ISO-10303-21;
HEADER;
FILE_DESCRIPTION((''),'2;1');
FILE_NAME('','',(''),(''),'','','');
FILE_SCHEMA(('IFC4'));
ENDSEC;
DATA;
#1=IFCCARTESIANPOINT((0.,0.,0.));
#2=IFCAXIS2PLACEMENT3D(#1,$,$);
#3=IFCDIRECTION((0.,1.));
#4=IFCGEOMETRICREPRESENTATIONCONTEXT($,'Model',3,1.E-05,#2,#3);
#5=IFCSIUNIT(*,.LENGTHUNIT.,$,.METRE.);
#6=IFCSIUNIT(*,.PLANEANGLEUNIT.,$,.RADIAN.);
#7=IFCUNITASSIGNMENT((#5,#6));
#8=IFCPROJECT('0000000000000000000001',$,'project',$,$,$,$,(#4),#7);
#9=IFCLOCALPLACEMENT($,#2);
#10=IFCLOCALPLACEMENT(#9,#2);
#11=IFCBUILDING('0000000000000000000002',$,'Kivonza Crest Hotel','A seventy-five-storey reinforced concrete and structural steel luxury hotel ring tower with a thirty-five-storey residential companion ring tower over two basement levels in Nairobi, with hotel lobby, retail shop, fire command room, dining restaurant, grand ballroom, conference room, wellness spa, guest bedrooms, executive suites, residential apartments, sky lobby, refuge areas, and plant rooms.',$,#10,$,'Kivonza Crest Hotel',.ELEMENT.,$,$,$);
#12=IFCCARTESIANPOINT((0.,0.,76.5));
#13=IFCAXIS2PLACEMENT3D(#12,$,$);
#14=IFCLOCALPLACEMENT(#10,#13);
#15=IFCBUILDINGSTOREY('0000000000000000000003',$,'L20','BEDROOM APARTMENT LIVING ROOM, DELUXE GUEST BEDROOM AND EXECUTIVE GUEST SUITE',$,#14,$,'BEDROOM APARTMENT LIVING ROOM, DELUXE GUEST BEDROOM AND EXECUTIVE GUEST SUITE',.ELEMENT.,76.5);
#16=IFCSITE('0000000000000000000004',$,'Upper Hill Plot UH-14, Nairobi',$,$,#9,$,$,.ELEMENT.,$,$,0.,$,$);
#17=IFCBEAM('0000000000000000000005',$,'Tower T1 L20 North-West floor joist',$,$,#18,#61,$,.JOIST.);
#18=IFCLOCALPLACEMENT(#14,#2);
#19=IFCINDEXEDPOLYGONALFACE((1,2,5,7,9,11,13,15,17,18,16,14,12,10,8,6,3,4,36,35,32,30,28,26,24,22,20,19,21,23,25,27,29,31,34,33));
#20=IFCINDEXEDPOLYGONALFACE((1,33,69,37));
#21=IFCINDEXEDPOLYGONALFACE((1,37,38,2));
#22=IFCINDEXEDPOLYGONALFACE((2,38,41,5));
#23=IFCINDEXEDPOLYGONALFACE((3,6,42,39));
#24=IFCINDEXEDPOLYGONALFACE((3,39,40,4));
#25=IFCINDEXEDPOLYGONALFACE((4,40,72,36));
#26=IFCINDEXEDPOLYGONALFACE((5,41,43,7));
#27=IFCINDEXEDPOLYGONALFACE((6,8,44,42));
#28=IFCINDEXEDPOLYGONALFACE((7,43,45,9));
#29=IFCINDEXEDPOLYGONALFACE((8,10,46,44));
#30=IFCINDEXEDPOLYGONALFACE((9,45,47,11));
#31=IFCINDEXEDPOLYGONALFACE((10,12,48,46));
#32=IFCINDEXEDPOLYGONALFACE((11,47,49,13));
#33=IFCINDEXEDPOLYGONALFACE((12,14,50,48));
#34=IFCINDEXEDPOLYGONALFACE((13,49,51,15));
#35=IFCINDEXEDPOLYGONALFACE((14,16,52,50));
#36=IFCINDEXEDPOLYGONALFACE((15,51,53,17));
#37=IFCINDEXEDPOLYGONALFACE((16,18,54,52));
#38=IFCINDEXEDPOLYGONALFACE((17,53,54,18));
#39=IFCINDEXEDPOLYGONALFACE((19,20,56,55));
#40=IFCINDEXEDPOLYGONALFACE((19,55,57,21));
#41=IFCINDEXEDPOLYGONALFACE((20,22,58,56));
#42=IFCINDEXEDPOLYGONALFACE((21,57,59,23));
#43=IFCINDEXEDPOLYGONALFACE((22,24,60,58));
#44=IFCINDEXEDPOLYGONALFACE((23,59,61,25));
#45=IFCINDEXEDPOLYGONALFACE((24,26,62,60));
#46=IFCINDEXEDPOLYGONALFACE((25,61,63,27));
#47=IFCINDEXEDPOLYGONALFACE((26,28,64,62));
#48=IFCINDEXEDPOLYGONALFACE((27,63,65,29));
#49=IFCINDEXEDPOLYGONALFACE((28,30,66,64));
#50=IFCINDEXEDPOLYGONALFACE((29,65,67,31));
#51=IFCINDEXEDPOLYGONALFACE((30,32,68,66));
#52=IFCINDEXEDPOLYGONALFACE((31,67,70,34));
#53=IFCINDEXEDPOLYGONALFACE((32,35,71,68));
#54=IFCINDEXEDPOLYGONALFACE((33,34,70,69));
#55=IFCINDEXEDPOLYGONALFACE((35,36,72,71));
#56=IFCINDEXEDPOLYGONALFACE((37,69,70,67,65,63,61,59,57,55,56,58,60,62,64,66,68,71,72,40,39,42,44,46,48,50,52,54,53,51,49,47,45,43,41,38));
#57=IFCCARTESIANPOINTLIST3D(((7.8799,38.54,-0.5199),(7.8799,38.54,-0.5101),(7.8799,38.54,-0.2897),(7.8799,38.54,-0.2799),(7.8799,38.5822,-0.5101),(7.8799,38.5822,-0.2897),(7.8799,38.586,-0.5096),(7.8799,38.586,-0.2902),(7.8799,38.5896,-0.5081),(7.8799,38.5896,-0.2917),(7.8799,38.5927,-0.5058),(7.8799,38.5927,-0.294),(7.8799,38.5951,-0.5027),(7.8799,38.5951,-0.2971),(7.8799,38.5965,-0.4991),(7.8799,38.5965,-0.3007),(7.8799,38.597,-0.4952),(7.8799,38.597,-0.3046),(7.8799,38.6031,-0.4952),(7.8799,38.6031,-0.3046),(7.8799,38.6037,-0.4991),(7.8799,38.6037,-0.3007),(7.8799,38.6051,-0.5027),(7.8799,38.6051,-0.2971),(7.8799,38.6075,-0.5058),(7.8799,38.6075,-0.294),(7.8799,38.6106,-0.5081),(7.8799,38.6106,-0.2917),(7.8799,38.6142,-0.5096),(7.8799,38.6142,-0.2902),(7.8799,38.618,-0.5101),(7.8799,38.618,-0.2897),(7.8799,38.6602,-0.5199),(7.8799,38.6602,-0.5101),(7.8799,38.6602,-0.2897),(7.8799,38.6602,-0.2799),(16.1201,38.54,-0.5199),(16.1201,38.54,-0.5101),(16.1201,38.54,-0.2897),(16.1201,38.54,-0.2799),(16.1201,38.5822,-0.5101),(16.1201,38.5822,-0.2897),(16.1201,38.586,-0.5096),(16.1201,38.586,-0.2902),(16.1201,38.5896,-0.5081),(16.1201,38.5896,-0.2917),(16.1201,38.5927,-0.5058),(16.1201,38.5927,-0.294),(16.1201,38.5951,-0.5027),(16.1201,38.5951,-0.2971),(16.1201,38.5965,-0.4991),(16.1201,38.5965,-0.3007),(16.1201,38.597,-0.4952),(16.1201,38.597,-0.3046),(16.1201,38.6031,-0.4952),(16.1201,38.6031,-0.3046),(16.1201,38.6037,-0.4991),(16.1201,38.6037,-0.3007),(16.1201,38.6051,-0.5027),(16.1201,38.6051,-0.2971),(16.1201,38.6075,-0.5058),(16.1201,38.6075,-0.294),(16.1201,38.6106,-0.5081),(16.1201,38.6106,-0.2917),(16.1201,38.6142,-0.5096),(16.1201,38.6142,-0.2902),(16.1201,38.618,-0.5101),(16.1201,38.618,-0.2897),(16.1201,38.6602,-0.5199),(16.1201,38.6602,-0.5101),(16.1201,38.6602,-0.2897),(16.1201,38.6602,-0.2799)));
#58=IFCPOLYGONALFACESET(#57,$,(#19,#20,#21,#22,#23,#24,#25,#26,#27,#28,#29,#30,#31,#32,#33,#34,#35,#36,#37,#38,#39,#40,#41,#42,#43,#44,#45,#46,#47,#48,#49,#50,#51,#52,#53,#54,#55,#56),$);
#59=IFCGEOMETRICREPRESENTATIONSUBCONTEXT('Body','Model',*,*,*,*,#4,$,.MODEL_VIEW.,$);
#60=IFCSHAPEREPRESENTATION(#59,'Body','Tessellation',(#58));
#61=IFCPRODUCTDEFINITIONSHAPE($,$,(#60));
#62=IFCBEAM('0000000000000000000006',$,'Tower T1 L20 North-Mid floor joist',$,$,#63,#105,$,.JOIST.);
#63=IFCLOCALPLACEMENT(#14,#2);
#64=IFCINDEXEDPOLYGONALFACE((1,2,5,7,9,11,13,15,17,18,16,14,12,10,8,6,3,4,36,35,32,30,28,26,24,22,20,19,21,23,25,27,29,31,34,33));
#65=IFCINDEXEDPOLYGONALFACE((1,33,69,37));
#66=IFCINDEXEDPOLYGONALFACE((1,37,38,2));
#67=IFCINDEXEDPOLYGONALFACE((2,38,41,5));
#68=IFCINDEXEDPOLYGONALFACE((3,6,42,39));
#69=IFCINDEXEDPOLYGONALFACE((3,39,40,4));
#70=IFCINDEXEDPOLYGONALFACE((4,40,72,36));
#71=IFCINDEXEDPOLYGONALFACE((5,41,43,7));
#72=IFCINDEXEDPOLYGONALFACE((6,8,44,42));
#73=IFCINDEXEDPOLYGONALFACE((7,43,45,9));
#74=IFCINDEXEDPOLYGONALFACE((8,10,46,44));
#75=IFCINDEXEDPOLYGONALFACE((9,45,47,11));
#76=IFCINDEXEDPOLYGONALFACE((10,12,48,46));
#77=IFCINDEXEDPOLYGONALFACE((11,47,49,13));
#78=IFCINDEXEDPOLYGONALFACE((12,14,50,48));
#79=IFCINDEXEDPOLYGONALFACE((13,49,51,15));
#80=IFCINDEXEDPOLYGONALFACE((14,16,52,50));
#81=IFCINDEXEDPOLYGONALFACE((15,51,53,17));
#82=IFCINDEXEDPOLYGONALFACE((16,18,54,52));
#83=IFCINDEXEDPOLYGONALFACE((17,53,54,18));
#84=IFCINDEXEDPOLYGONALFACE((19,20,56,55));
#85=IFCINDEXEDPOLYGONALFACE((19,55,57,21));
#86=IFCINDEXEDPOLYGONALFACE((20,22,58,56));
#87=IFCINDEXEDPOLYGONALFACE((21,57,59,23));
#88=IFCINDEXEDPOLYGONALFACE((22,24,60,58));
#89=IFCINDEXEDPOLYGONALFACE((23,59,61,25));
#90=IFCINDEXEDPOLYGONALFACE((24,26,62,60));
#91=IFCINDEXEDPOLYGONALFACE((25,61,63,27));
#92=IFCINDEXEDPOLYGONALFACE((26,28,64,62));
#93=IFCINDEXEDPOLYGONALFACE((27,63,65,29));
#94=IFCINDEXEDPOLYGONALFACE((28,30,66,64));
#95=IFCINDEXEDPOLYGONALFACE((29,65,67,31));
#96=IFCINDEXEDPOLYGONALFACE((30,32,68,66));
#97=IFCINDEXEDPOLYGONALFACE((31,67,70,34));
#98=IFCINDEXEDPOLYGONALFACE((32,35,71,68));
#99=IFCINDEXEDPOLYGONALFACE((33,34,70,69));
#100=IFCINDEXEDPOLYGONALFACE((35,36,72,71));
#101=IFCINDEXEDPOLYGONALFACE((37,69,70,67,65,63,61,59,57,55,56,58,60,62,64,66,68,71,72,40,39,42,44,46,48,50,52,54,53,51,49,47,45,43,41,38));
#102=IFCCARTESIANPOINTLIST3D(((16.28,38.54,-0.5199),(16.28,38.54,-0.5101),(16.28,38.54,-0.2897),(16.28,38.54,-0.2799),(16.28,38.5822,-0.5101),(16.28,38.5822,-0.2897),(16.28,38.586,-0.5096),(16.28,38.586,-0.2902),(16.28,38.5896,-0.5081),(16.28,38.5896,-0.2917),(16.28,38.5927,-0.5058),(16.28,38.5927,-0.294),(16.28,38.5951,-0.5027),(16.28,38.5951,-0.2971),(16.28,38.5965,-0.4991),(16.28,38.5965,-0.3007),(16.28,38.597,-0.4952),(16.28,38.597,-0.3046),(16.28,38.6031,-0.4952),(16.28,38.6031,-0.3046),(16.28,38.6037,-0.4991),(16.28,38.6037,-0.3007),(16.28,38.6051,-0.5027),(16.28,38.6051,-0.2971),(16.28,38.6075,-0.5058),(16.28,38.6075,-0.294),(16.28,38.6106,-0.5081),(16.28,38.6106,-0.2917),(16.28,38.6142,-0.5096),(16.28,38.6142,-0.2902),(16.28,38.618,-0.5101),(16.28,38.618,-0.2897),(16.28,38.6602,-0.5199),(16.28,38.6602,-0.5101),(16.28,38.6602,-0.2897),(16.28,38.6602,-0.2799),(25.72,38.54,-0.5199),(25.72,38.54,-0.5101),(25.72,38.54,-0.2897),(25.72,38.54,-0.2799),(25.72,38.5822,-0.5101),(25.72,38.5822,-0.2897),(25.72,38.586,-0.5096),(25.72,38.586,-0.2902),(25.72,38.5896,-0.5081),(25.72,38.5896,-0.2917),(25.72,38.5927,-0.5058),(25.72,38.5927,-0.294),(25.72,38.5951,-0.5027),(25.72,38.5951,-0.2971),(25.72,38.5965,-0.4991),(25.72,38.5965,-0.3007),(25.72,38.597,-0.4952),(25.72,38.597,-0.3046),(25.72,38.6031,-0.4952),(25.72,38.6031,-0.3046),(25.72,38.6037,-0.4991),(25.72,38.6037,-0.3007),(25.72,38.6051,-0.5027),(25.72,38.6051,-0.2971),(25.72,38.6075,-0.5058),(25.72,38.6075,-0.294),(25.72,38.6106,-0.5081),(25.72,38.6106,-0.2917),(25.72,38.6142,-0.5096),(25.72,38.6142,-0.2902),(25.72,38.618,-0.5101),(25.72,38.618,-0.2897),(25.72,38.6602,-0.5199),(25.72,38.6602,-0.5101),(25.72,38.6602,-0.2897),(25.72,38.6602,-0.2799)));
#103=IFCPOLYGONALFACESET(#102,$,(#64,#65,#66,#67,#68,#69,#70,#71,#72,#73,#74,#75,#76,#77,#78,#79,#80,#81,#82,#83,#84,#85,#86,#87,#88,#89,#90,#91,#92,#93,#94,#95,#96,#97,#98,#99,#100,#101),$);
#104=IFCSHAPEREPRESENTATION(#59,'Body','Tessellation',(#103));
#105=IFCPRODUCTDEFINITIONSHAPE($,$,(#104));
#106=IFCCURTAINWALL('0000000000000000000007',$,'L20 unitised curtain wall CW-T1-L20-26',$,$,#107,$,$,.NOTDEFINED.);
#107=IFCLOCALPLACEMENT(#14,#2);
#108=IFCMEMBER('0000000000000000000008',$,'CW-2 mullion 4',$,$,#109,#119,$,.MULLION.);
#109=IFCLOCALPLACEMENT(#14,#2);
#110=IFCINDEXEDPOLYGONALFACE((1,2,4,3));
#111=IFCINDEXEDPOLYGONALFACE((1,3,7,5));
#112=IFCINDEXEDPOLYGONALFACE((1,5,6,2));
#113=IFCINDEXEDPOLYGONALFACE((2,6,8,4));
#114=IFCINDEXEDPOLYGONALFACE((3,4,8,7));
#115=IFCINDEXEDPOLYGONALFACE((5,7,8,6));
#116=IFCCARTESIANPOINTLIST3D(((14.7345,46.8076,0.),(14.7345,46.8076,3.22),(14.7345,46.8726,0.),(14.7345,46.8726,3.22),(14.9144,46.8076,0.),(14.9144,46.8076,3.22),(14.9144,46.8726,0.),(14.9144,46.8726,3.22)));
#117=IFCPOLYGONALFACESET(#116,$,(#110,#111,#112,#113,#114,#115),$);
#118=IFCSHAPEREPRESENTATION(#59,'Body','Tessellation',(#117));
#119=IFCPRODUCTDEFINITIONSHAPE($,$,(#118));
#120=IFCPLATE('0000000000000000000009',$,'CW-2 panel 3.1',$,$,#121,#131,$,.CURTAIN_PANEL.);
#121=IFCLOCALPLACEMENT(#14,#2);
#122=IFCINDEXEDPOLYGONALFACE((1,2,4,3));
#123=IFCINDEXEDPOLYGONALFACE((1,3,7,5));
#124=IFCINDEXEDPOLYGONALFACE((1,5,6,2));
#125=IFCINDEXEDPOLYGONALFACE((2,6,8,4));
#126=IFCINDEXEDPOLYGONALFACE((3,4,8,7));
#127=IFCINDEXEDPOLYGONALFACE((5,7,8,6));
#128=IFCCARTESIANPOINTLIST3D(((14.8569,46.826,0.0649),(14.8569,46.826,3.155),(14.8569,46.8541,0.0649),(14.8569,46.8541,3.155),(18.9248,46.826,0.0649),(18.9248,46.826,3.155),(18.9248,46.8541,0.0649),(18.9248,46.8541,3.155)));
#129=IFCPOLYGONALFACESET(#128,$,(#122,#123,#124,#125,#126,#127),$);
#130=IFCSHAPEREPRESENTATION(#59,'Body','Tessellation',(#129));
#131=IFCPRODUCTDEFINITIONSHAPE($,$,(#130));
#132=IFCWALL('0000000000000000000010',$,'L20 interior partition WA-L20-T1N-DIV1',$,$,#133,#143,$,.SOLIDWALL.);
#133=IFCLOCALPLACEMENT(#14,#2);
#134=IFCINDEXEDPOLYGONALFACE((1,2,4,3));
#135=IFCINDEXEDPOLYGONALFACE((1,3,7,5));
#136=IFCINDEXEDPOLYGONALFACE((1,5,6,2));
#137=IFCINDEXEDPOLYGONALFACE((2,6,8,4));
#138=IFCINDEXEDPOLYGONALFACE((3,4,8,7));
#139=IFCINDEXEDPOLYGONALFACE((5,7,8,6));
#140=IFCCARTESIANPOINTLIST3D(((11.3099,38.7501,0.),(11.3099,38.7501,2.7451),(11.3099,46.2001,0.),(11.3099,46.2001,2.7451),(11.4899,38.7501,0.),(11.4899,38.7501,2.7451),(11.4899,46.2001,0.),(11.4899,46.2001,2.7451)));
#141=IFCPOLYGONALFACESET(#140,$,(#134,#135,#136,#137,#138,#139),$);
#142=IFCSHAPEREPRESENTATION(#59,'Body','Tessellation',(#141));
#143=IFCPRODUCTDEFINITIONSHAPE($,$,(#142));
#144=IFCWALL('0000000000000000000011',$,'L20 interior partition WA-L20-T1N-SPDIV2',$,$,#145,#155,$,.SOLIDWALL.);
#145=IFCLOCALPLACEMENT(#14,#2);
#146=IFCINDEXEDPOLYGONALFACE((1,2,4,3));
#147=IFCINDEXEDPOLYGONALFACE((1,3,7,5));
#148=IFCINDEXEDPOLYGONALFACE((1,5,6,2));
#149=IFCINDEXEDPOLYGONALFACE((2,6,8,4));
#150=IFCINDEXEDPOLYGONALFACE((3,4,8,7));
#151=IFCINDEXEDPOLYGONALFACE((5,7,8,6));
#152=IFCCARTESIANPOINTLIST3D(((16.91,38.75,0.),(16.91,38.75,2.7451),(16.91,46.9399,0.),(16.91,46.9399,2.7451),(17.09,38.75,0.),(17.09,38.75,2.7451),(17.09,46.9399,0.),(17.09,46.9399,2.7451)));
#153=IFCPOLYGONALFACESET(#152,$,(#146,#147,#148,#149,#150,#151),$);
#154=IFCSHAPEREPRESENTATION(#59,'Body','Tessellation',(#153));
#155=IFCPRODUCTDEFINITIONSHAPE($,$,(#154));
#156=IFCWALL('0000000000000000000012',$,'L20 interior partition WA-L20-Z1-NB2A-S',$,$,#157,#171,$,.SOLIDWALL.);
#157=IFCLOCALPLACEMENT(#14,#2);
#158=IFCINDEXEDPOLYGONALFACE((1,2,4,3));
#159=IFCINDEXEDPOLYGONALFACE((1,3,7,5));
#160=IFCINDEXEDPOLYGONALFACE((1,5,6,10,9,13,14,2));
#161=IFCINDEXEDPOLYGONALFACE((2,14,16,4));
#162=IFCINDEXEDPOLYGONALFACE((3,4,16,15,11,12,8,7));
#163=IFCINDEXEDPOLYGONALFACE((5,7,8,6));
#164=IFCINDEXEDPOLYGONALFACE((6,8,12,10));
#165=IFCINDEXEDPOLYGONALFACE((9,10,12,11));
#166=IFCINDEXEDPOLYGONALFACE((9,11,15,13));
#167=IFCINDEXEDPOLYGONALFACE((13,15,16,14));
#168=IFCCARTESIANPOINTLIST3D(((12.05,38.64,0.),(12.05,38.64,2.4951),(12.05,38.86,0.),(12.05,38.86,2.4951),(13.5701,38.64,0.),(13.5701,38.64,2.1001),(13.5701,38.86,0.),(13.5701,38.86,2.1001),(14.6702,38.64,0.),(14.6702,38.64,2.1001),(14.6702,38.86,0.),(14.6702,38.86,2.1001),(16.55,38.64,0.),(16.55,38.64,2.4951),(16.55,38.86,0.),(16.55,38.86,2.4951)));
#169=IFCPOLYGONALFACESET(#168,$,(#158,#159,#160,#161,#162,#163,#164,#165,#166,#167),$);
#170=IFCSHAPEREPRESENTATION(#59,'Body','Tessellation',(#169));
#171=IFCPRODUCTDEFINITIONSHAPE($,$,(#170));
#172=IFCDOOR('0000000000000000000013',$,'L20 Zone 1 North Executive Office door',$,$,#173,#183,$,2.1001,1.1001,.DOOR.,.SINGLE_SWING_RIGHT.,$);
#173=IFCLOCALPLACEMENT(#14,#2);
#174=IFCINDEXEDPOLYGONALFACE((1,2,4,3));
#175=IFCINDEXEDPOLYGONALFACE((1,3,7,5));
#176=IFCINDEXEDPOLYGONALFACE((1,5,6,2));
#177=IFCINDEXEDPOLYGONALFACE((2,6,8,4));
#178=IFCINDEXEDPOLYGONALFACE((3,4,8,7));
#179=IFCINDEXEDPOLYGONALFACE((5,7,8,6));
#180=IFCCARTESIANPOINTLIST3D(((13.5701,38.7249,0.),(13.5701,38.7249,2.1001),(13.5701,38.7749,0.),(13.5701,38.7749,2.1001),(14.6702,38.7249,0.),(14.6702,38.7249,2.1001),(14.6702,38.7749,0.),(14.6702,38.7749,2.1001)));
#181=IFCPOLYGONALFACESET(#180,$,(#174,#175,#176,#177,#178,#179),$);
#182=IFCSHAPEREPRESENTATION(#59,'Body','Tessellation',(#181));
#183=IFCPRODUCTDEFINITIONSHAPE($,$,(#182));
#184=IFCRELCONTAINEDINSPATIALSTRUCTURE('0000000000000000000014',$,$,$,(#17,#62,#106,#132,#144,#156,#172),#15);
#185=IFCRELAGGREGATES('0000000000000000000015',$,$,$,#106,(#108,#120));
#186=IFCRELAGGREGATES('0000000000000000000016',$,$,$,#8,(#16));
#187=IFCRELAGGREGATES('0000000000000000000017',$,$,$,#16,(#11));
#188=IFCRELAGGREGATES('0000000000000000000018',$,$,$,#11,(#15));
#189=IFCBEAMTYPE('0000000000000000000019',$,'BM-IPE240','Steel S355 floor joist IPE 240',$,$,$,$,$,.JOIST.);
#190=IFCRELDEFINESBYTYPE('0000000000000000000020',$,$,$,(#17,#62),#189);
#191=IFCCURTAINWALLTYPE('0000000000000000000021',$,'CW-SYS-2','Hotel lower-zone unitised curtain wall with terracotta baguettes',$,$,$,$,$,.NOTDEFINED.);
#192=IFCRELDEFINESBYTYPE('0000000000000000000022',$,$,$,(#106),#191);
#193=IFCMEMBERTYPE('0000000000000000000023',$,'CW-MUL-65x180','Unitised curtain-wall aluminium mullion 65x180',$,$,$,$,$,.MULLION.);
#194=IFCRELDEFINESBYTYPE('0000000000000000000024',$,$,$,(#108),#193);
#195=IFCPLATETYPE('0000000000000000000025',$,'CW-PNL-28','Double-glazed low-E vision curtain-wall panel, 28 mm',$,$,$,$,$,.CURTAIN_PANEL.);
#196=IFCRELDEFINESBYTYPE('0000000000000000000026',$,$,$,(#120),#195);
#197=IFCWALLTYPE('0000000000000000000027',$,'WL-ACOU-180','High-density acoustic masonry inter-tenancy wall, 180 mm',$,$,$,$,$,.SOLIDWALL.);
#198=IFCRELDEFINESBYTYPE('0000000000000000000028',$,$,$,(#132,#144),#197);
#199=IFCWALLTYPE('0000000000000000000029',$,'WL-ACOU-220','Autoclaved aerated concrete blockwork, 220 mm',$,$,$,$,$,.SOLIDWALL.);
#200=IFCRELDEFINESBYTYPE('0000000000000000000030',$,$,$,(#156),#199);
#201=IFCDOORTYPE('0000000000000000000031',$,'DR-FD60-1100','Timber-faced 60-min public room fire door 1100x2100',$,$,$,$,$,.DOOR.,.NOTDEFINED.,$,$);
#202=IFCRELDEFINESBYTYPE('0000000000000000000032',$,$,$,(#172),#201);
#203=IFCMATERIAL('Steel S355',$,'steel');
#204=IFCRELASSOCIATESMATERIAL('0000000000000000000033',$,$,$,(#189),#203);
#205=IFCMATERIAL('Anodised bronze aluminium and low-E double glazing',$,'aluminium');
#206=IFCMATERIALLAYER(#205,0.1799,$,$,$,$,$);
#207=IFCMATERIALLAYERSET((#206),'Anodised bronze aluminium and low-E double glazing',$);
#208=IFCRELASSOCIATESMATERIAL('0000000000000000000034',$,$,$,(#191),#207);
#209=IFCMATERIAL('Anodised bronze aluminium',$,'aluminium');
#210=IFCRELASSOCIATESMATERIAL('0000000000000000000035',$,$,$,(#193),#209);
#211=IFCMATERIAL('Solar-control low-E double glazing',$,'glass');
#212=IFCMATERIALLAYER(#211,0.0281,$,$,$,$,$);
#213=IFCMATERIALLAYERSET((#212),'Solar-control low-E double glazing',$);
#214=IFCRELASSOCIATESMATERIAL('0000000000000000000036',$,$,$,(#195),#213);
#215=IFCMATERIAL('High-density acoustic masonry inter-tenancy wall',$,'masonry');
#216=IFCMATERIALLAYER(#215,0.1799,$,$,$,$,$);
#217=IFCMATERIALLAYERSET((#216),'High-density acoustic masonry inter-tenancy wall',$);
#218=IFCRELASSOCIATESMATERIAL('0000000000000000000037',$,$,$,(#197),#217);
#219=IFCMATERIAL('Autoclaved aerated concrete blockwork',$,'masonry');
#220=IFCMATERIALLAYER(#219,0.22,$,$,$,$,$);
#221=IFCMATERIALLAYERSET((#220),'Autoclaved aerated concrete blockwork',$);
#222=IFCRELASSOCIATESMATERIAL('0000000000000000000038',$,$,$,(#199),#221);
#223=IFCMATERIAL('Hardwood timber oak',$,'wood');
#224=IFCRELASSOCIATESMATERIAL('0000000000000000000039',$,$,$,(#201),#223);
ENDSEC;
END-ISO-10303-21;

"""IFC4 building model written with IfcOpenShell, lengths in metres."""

from ifc_helpers import new_model, si_unit, direction, frame, frame_2d, origin, origin_2d, place, context, subcontext, project, spatial, rectangle, i_section, extrude, material, layer, layer_set, material_profile, profile_set, type_object, element, fill, aggregate, save


model = new_model("IFC4")

# Units and contexts
model_context = context("Model", 3, precision=1e-05, world=origin(), true_north=direction((0.0, 1.0)))
body_context = subcontext(model_context, "Body", "Model", "MODEL_VIEW")
ifc_project = project(units=[si_unit("LENGTHUNIT", "METRE"), si_unit("PLANEANGLEUNIT", "RADIAN")], contexts=[model_context])

# Site, building, storey
site_placement = place(None, origin())
site = spatial("IfcSite", under=ifc_project, at=site_placement, Name="Upper Hill Plot UH-14, Nairobi", CompositionType="ELEMENT", RefElevation=0.0)
building_placement = place(site_placement, origin())
building = spatial("IfcBuilding", under=site, at=building_placement, Name="Kivonza Crest Hotel", Description="A seventy-five-storey reinforced concrete and structural steel luxury hotel ring tower with a thirty-five-storey residential companion ring tower over two basement levels in Nairobi, with hotel lobby, retail shop, fire command room, dining restaurant, grand ballroom, conference room, wellness spa, guest bedrooms, executive suites, residential apartments, sky lobby, refuge areas, and plant rooms.", LongName="Kivonza Crest Hotel", CompositionType="ELEMENT")
storey_placement = place(building_placement, frame((0.0, 0.0, 76.5)))
storey = spatial("IfcBuildingStorey", under=building, at=storey_placement, Name="L20", Description="BEDROOM APARTMENT LIVING ROOM, DELUXE GUEST BEDROOM AND EXECUTIVE GUEST SUITE", LongName="BEDROOM APARTMENT LIVING ROOM, DELUXE GUEST BEDROOM AND EXECUTIVE GUEST SUITE", CompositionType="ELEMENT", Elevation=76.5)

# Beams
ifc_material_1 = material(Name="Steel S355", Category="steel")
ifc_material_profile_1 = material_profile(ifc_material_1, i_section(OverallWidth=0.1201, OverallDepth=0.24, WebThickness=0.0061, FlangeThickness=0.0098, FilletRadius=0.0149, at=origin_2d()), Name="IPE 240")
ifc_profile_set_1 = profile_set([ifc_material_profile_1], Name="Steel S355")
beam_type_1 = type_object("IfcBeamType", Name="BM-IPE240", Description="Steel S355 floor joist IPE 240", PredefinedType="JOIST", material=ifc_profile_set_1)
beam_1_placement = place(storey_placement, frame((7.8799, 38.6001, -0.3999), z_axis=(1.0, 0.0, 0.0), x_axis=(0.0, 1.0, 0.0)))
element("IfcBeam", 1, at=beam_1_placement, inside=storey, type_object=beam_type_1, Name="Tower T1 L20 North-West floor joist", PredefinedType="JOIST", context=body_context, shape_type="SweptSolid", body=[
    extrude(i_section(OverallWidth=0.1201, OverallDepth=0.24, WebThickness=0.0061, FlangeThickness=0.0098, FilletRadius=0.0149, at=origin_2d()), origin(), (0.0, 0.0, 1.0), 8.2402),
])
beam_2_placement = place(storey_placement, frame((16.28, 38.6001, -0.3999), z_axis=(1.0, 0.0, 0.0), x_axis=(0.0, 1.0, 0.0)))
element("IfcBeam", 2, at=beam_2_placement, inside=storey, type_object=beam_type_1, Name="Tower T1 L20 North-Mid floor joist", PredefinedType="JOIST", context=body_context, shape_type="SweptSolid", body=[
    extrude(i_section(OverallWidth=0.1201, OverallDepth=0.24, WebThickness=0.0061, FlangeThickness=0.0098, FilletRadius=0.0149, at=origin_2d()), origin(), (0.0, 0.0, 1.0), 9.4399),
])

# Curtain wall, member, plate
ifc_material_2 = material(Name="Anodised bronze aluminium and low-E double glazing", Category="aluminium")
ifc_layer_1 = layer(ifc_material_2, 0.1799)
ifc_layer_set_1 = layer_set([ifc_layer_1], Name="Anodised bronze aluminium and low-E double glazing")
curtain_wall_type = type_object("IfcCurtainWallType", Name="CW-SYS-2", Description="Hotel lower-zone unitised curtain wall with terracotta baguettes", PredefinedType="NOTDEFINED", material=ifc_layer_set_1)
curtain_wall_placement = place(storey_placement, origin())
curtain_wall = element("IfcCurtainWall", 3, at=curtain_wall_placement, inside=storey, type_object=curtain_wall_type, Name="L20 unitised curtain wall CW-T1-L20-26", PredefinedType="NOTDEFINED")
ifc_material_3 = material(Name="Anodised bronze aluminium", Category="aluminium")
ifc_material_profile_2 = material_profile(ifc_material_3, rectangle(XDim=0.0649, YDim=0.1799, at=origin_2d()), Name="CW-M 65x180")
ifc_profile_set_2 = profile_set([ifc_material_profile_2], Name="Anodised bronze aluminium")
member_type = type_object("IfcMemberType", Name="CW-MUL-65x180", Description="Unitised curtain-wall aluminium mullion 65x180", PredefinedType="MULLION", material=ifc_profile_set_2)
member_placement = place(storey_placement, frame((14.8245, 46.8401, 0.0), z_axis=(0.0, 0.0, 1.0), x_axis=(0.0, -1.0, 0.0)))
member = element("IfcMember", 4, at=member_placement, type_object=member_type, Name="CW-2 mullion 4", PredefinedType="MULLION", context=body_context, shape_type="SweptSolid", body=[
    extrude(rectangle(XDim=0.0649, YDim=0.1799, at=origin_2d()), origin(), (0.0, 0.0, 1.0), 3.22),
])
ifc_material_4 = material(Name="Solar-control low-E double glazing", Category="glass")
ifc_layer_2 = layer(ifc_material_4, 0.0281)
ifc_layer_set_2 = layer_set([ifc_layer_2], Name="Solar-control low-E double glazing")
plate_type = type_object("IfcPlateType", Name="CW-PNL-28", Description="Double-glazed low-E vision curtain-wall panel, 28 mm", PredefinedType="CURTAIN_PANEL", material=ifc_layer_set_2)
plate_placement = place(storey_placement, frame((16.8909, 46.8401, 0.0649), z_axis=(0.0, 0.0, 1.0), x_axis=(-1.0, 0.0, 0.0)))
plate = element("IfcPlate", 5, at=plate_placement, type_object=plate_type, Name="CW-2 panel 3.1", PredefinedType="CURTAIN_PANEL", context=body_context, shape_type="SweptSolid", body=[
    extrude(rectangle(XDim=4.0679, YDim=0.0281, at=origin_2d()), origin(), (0.0, 0.0, 1.0), 3.0901),
])
aggregate(curtain_wall, [member, plate])

# Walls
ifc_material_5 = material(Name="High-density acoustic masonry inter-tenancy wall", Category="masonry")
ifc_layer_3 = layer(ifc_material_5, 0.1799)
ifc_layer_set_3 = layer_set([ifc_layer_3], Name="High-density acoustic masonry inter-tenancy wall")
wall_type_1 = type_object("IfcWallType", Name="WL-ACOU-180", Description="High-density acoustic masonry inter-tenancy wall, 180 mm", PredefinedType="SOLIDWALL", material=ifc_layer_set_3)
wall_1_placement = place(storey_placement, frame((11.3999, 38.75, 0.0), z_axis=(0.0, 0.0, 1.0), x_axis=(0.0, 1.0, 0.0)))
element("IfcWall", 6, at=wall_1_placement, inside=storey, type_object=wall_type_1, Name="L20 interior partition WA-L20-T1N-DIV1", PredefinedType="SOLIDWALL", context=body_context, shape_type="SweptSolid", body=[
    extrude(rectangle(XDim=7.45, YDim=0.1799, at=frame_2d((3.7251, 0.0))), origin(), (0.0, 0.0, 1.0), 2.7451),
])
wall_2_placement = place(storey_placement, frame((17.0, 38.75, 0.0), z_axis=(0.0, 0.0, 1.0), x_axis=(0.0, 1.0, 0.0)))
element("IfcWall", 7, at=wall_2_placement, inside=storey, type_object=wall_type_1, Name="L20 interior partition WA-L20-T1N-SPDIV2", PredefinedType="SOLIDWALL", context=body_context, shape_type="SweptSolid", body=[
    extrude(rectangle(XDim=8.1899, YDim=0.1799, at=frame_2d((4.095, 0.0))), origin(), (0.0, 0.0, 1.0), 2.7451),
])

# Wall, opening, door
ifc_material_6 = material(Name="Autoclaved aerated concrete blockwork", Category="masonry")
ifc_layer_4 = layer(ifc_material_6, 0.22)
ifc_layer_set_4 = layer_set([ifc_layer_4], Name="Autoclaved aerated concrete blockwork")
wall_type_2 = type_object("IfcWallType", Name="WL-ACOU-220", Description="Autoclaved aerated concrete blockwork, 220 mm", PredefinedType="SOLIDWALL", material=ifc_layer_set_4)
wall_3_placement = place(storey_placement, frame((12.05, 38.75, 0.0), z_axis=(0.0, 0.0, 1.0), x_axis=(1.0, 0.0, 0.0)))
wall_3 = element("IfcWall", 8, at=wall_3_placement, inside=storey, type_object=wall_type_2, Name="L20 interior partition WA-L20-Z1-NB2A-S", PredefinedType="SOLIDWALL", context=body_context, shape_type="SweptSolid", body=[
    extrude(rectangle(XDim=4.5, YDim=0.22, at=frame_2d((2.25, 0.0))), origin(), (0.0, 0.0, 1.0), 2.4951),
])
opening_1_placement = place(wall_3_placement, frame((1.52, 0.0, 0.0)))
opening_1 = element("IfcOpeningElement", 9, at=opening_1_placement, cuts=wall_3, PredefinedType="OPENING", context=body_context, shape_type="SweptSolid", body=[
    extrude(rectangle(XDim=1.1001, YDim=2.1001, at=frame_2d((0.55, 1.05))), frame((0.0, 0.1201, 0.0), z_axis=(0.0, -1.0, 0.0), x_axis=(1.0, 0.0, 0.0)), (0.0, 0.0, 1.0), 0.24),
])
ifc_material_7 = material(Name="Hardwood timber oak", Category="wood")
door_type = type_object("IfcDoorType", Name="DR-FD60-1100", Description="Timber-faced 60-min public room fire door 1100x2100", OperationType="NOTDEFINED", PredefinedType="DOOR", material=ifc_material_7)
door_1_placement = place(opening_1_placement, origin())
door_1 = element("IfcDoor", 10, at=door_1_placement, inside=storey, type_object=door_type, Name="L20 Zone 1 North Executive Office door", OperationType="SINGLE_SWING_RIGHT", OverallHeight=2.1001, OverallWidth=1.1001, PredefinedType="DOOR", context=body_context, shape_type="SweptSolid", body=[
    extrude(rectangle(XDim=1.1001, YDim=2.1001, at=frame_2d((0.55, 1.05))), frame((0.0, 0.0249, 0.0), z_axis=(0.0, -1.0, 0.0), x_axis=(1.0, 0.0, 0.0)), (0.0, 0.0, 1.0), 0.05),
])
fill(opening_1, door_1)

save(model, "model.ifc")
